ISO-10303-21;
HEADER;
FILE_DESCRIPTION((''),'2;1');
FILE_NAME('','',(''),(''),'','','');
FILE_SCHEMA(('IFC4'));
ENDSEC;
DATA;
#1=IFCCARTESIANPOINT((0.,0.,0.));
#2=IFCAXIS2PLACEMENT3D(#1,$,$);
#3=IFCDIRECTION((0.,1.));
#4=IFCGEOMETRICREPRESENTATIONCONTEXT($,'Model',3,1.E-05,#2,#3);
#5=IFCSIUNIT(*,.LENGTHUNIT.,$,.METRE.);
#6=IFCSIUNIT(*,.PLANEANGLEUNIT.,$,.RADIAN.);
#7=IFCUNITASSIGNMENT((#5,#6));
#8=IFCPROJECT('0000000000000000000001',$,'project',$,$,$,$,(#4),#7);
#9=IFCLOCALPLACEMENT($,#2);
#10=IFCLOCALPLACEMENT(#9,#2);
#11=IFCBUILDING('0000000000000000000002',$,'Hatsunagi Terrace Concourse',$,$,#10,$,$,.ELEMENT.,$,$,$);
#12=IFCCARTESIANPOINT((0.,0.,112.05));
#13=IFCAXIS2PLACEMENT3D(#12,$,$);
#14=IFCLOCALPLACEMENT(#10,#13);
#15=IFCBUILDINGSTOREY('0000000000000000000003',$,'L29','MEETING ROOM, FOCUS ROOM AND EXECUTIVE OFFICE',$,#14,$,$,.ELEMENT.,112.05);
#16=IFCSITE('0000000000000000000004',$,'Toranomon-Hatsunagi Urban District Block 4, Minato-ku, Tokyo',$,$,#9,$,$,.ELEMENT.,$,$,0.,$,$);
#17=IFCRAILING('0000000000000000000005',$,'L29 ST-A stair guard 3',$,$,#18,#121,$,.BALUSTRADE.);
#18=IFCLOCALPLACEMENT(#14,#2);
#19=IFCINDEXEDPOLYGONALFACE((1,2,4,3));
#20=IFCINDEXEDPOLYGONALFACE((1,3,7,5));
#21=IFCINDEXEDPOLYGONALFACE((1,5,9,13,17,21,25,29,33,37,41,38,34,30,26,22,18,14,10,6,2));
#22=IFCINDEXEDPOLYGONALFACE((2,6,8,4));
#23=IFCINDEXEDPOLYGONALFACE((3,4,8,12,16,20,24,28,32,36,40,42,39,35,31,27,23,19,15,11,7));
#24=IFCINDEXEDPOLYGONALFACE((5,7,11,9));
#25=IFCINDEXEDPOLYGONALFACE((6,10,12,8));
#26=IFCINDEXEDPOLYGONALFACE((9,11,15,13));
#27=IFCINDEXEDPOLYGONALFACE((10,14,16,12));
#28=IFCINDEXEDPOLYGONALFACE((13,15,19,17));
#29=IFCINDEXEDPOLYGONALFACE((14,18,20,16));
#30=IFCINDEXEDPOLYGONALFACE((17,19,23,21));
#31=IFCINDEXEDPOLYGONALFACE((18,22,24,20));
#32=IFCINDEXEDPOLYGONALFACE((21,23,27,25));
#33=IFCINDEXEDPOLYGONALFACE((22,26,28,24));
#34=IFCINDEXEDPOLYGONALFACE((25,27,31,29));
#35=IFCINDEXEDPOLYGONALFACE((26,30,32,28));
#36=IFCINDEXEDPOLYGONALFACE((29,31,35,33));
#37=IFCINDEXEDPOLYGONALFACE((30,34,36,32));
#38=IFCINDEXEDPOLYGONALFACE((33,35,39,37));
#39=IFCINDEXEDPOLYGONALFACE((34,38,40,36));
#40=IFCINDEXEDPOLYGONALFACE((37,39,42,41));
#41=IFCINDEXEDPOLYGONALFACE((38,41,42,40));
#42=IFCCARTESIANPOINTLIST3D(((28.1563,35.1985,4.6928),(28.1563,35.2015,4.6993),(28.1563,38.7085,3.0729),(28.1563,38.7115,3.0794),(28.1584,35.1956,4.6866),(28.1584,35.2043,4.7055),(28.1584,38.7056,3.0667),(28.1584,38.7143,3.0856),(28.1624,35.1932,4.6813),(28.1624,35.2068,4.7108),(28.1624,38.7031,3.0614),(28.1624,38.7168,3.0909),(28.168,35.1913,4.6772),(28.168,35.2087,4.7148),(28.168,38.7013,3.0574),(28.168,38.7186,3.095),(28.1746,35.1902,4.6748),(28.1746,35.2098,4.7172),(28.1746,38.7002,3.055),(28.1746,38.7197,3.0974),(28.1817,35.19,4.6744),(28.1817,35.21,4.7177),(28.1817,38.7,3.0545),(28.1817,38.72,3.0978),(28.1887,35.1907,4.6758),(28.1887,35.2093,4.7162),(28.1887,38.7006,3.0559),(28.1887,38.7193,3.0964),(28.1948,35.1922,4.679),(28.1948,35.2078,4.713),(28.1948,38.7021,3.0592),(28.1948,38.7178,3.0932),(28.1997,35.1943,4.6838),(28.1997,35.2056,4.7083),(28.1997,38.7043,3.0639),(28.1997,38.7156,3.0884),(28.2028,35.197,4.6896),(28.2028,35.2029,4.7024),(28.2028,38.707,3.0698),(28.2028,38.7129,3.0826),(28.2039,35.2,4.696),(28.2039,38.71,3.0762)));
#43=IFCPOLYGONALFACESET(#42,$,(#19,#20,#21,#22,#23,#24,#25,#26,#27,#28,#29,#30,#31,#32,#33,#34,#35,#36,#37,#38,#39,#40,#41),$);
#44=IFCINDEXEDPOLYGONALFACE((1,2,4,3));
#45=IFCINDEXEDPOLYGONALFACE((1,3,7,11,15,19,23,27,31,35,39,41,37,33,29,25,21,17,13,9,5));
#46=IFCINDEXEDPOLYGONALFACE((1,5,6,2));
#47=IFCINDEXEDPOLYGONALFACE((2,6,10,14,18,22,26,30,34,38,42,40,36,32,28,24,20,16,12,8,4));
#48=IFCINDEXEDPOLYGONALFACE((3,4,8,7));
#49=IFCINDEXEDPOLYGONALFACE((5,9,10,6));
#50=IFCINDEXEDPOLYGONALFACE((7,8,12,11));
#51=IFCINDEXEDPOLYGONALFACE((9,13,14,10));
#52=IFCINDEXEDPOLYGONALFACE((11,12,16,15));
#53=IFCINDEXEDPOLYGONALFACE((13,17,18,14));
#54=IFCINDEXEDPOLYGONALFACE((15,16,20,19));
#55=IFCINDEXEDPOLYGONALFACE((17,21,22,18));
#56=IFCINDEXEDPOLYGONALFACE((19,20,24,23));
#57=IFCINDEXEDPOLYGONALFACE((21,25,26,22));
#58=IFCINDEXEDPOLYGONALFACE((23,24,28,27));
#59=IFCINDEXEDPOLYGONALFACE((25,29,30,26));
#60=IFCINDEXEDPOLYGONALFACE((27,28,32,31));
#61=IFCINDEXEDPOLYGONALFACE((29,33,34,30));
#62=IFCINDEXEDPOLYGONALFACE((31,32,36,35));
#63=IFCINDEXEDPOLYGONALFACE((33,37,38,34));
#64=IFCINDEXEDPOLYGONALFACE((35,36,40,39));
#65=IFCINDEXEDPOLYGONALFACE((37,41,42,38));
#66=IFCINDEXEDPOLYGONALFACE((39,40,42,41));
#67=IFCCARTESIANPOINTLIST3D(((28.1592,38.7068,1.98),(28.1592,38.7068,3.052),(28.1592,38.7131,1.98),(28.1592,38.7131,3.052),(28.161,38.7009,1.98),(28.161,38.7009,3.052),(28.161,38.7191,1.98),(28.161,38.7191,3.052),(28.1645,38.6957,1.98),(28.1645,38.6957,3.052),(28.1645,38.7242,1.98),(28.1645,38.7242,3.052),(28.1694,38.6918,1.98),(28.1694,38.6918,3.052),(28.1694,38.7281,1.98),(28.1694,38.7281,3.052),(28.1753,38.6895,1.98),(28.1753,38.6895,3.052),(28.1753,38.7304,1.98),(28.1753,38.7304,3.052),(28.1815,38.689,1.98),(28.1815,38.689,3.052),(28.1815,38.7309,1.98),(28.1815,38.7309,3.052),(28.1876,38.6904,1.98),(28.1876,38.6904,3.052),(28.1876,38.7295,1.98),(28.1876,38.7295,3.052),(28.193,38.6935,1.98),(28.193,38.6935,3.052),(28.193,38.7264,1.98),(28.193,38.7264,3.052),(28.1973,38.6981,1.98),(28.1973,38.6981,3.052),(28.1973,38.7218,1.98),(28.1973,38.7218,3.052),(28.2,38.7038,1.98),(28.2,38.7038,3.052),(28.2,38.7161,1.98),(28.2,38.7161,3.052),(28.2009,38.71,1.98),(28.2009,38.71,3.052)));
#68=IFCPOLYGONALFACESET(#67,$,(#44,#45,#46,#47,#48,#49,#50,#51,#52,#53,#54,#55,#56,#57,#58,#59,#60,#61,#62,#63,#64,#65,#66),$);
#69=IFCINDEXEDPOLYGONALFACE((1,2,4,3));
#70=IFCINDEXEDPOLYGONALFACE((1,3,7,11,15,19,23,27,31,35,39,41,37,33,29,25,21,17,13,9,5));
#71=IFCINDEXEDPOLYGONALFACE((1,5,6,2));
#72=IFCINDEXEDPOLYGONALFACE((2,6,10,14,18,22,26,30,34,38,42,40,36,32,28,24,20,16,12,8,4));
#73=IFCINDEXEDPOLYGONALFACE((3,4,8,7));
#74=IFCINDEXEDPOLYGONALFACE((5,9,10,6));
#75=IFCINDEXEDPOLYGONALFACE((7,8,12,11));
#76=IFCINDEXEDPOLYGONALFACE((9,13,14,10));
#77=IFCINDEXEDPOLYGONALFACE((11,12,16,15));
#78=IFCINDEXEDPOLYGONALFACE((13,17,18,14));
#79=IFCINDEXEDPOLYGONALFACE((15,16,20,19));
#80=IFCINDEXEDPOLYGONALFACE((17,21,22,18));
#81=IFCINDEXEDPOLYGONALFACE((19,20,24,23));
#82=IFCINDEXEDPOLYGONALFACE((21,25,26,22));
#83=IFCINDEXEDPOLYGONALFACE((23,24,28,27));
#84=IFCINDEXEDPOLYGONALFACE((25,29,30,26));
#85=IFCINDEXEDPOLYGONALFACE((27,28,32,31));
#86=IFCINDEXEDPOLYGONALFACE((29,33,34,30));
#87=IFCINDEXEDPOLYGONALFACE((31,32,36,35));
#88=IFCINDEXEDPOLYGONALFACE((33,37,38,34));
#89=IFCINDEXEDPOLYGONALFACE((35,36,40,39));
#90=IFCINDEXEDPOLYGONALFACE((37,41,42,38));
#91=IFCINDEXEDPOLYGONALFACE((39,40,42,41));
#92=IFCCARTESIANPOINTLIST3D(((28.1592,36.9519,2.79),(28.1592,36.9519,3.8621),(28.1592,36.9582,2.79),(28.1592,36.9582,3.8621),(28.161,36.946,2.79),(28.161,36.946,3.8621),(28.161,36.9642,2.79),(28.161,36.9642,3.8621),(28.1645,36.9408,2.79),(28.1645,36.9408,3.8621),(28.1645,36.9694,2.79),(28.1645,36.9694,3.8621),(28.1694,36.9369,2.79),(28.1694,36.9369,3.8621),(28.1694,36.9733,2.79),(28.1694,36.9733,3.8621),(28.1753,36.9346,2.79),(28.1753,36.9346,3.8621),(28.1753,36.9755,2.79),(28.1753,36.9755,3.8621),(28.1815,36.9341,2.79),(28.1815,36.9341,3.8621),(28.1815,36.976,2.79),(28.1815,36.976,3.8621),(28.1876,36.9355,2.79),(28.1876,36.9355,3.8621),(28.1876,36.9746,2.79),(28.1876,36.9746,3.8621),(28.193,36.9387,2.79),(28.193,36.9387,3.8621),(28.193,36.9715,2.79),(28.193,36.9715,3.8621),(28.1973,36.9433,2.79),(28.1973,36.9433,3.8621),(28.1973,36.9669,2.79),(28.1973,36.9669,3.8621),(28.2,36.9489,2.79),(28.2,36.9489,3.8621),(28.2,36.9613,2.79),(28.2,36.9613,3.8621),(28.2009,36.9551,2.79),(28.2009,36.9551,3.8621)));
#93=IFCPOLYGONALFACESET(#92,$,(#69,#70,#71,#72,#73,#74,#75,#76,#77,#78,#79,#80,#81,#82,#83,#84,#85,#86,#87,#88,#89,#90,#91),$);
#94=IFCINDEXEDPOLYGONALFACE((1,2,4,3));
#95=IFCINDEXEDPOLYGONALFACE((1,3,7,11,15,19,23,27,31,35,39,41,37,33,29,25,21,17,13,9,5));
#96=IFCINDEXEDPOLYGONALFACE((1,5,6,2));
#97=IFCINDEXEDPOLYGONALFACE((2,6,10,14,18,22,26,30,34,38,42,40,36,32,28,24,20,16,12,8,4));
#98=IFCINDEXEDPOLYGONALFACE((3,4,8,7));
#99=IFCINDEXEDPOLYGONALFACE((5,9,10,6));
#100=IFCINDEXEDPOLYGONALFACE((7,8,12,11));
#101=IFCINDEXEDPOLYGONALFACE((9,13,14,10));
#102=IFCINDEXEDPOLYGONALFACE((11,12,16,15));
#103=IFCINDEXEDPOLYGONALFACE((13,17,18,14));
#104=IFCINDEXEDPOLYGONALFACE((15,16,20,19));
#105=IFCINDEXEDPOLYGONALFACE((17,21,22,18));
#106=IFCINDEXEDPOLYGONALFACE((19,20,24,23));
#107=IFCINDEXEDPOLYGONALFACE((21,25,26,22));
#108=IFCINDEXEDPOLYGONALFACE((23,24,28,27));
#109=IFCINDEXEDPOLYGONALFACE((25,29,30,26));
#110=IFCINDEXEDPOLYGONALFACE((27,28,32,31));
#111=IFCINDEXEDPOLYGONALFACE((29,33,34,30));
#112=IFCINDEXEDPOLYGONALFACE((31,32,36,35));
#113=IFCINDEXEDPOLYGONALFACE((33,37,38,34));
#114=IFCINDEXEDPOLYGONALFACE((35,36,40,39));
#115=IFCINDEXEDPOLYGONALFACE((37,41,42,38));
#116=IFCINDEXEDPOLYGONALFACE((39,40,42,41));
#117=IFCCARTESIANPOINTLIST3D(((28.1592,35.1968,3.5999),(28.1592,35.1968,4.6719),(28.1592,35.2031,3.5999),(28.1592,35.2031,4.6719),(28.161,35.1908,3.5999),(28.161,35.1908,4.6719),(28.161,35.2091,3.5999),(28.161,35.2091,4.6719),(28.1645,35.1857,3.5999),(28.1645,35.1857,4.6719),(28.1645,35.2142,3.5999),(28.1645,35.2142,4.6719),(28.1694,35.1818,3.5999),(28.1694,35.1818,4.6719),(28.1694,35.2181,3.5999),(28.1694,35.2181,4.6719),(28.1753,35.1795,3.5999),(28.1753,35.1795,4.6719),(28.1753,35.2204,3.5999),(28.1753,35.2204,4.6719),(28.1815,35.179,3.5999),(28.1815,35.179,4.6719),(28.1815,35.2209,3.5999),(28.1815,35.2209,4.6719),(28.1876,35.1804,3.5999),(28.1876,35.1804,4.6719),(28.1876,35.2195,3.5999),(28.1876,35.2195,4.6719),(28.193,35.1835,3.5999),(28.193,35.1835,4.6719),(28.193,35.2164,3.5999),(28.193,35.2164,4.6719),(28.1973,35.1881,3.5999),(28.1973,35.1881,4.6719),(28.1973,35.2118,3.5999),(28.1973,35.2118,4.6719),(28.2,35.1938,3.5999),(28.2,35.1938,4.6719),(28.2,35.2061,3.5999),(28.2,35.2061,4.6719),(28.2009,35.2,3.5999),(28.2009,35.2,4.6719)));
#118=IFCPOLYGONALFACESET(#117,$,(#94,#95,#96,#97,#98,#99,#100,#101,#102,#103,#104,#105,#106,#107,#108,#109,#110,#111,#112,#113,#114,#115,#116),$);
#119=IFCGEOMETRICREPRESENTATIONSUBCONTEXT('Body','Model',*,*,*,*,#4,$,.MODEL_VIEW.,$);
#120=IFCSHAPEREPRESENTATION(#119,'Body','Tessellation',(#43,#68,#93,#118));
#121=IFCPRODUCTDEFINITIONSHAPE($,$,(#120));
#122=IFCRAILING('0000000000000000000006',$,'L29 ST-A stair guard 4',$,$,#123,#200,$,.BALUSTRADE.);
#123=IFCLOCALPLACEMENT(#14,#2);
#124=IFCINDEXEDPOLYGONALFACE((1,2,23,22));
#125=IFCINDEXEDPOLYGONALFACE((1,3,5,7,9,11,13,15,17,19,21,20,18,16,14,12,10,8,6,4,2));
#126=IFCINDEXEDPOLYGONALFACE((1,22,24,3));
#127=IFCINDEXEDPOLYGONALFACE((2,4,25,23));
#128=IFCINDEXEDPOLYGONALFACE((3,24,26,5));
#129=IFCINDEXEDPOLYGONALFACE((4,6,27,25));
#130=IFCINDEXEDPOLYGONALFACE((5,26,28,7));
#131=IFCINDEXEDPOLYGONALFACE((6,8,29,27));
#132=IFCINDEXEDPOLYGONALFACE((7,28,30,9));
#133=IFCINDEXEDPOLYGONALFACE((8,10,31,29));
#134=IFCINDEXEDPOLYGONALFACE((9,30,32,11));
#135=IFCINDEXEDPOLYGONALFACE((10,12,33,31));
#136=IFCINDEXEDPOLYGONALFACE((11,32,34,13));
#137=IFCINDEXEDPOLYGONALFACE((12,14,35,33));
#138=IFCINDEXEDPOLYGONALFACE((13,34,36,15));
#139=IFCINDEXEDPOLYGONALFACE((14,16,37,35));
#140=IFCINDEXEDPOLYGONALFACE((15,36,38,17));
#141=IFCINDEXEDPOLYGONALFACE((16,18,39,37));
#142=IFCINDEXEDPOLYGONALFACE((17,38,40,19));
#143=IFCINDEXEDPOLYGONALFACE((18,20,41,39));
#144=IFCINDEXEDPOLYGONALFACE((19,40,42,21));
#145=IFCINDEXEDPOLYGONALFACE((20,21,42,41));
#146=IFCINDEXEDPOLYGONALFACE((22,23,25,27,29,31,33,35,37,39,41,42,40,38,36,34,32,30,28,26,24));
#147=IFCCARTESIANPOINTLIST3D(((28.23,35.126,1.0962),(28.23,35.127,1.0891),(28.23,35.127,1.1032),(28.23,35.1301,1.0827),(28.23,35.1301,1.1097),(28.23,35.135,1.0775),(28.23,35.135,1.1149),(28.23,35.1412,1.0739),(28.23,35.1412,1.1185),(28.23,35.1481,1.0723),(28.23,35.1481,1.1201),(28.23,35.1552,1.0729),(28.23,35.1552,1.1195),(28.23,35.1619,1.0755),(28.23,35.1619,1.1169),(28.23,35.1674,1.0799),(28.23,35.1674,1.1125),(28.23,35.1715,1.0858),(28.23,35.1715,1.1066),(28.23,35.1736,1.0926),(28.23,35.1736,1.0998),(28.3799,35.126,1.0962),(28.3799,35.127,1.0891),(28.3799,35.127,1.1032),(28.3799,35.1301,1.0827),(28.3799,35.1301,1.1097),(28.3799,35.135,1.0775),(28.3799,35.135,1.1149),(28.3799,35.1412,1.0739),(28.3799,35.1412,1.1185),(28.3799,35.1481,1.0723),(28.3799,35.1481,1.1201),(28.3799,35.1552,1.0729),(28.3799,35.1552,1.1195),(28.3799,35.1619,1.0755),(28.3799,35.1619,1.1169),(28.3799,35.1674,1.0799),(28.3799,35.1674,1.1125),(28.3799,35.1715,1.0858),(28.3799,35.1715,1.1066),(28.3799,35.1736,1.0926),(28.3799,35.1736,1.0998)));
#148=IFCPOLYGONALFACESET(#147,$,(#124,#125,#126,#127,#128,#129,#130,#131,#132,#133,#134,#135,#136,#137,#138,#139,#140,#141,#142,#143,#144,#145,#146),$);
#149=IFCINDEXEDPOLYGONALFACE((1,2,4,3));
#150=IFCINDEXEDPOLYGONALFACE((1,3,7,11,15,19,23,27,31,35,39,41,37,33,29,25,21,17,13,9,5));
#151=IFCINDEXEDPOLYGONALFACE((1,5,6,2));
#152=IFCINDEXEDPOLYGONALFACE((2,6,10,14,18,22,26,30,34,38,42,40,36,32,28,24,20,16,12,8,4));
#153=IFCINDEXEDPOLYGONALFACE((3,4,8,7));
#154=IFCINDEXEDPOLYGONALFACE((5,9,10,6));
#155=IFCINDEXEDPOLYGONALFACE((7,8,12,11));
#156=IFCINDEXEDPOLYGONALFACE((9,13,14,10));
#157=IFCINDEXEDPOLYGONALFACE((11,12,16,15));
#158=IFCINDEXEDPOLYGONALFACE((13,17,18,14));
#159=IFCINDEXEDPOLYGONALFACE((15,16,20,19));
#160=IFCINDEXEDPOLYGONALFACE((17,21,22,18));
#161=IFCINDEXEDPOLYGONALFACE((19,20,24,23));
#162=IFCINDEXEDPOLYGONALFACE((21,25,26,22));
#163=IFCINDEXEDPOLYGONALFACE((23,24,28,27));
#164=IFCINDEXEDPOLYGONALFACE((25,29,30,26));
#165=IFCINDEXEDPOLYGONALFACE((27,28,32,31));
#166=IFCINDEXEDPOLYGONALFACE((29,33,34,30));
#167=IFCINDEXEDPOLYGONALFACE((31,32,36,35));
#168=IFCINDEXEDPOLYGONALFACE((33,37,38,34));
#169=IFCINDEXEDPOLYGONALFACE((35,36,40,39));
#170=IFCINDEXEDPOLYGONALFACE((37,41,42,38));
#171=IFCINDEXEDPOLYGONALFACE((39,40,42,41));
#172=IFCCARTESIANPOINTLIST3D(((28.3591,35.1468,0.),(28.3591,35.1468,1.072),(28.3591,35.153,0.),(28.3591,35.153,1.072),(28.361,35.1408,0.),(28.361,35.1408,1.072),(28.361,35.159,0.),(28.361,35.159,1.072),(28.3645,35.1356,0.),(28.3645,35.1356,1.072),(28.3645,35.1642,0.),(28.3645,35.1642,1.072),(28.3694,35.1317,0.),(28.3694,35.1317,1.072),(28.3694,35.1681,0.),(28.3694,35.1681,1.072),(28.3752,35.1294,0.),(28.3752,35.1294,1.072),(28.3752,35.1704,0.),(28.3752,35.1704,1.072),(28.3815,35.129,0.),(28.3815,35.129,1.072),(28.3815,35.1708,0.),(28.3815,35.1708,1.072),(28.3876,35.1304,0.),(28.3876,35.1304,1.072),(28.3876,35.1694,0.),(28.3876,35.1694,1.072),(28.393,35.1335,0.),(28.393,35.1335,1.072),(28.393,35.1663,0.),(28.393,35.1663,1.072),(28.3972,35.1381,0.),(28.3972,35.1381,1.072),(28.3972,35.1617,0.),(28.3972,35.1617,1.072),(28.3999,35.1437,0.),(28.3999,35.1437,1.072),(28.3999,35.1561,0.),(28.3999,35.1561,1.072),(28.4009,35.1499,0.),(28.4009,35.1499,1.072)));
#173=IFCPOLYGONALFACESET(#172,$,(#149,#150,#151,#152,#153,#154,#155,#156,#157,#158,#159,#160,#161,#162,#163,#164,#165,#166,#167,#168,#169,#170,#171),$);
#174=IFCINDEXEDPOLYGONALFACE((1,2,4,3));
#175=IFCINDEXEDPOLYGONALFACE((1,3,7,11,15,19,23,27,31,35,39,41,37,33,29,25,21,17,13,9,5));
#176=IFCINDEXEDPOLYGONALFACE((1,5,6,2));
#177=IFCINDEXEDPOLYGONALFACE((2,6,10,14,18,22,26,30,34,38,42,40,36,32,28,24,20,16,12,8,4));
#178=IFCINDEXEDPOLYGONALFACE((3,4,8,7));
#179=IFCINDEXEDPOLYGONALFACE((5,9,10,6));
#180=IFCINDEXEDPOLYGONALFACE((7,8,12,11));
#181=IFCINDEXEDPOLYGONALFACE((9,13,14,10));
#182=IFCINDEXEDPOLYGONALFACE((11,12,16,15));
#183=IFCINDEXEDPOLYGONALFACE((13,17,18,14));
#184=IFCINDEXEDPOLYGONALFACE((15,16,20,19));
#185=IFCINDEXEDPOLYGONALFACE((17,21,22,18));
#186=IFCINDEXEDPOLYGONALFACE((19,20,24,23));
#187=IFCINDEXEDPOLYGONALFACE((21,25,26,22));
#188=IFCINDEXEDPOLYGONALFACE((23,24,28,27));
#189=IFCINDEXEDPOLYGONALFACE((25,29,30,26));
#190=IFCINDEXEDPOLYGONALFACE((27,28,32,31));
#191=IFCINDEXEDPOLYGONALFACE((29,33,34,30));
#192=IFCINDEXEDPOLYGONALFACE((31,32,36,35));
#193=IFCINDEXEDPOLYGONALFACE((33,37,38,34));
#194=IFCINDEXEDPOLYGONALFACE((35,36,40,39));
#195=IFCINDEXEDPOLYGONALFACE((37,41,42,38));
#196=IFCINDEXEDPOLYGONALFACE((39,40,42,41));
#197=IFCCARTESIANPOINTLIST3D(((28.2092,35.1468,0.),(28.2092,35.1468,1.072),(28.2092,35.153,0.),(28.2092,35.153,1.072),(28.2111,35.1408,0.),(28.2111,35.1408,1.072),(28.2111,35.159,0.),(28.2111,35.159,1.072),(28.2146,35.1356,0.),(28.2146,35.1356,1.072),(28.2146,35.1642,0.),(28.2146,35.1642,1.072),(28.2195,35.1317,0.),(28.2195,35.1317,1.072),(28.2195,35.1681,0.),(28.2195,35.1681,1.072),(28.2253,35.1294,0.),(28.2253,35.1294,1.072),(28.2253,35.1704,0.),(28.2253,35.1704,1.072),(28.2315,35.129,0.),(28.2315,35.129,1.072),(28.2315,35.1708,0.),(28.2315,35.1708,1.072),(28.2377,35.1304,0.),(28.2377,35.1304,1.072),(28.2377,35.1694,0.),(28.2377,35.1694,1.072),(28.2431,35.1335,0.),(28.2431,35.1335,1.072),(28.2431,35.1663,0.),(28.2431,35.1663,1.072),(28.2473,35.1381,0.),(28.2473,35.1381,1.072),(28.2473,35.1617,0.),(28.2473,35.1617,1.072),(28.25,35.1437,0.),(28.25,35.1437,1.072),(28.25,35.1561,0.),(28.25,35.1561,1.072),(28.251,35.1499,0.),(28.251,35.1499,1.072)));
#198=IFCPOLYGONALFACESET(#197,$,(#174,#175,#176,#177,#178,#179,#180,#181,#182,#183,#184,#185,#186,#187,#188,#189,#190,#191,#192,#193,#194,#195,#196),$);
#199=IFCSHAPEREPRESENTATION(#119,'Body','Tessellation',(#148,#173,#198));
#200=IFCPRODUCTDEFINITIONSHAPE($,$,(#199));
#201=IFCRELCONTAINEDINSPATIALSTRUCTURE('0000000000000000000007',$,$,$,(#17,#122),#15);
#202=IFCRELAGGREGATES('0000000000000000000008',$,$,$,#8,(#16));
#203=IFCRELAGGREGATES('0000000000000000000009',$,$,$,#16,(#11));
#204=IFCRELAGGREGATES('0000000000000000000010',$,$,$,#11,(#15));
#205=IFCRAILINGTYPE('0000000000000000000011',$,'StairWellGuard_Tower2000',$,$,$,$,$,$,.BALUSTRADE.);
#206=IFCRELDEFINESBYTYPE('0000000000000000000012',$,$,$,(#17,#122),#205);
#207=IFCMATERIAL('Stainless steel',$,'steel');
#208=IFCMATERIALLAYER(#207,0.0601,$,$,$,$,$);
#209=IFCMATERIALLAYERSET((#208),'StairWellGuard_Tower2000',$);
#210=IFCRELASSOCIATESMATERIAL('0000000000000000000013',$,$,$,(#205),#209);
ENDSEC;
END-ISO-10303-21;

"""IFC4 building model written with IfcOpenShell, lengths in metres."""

from ifc_helpers import new_model, si_unit, direction, frame, origin, origin_2d, place, context, subcontext, project, spatial, circle, extrude, material, layer, layer_set, type_object, element, save


model = new_model("IFC4")

# Units and contexts
model_context = context("Model", 3, precision=1e-05, world=origin(), true_north=direction((0.0, 1.0)))
body_context = subcontext(model_context, "Body", "Model", "MODEL_VIEW")
ifc_project = project(units=[si_unit("LENGTHUNIT", "METRE"), si_unit("PLANEANGLEUNIT", "RADIAN")], contexts=[model_context])

# Site, building, storey
site_placement = place(None, origin())
site = spatial("IfcSite", under=ifc_project, at=site_placement, Name="Toranomon-Hatsunagi Urban District Block 4, Minato-ku, Tokyo", CompositionType="ELEMENT", RefElevation=0.0)
building_placement = place(site_placement, origin())
building = spatial("IfcBuilding", under=site, at=building_placement, Name="Hatsunagi Terrace Concourse", CompositionType="ELEMENT")
storey_placement = place(building_placement, frame((0.0, 0.0, 112.05)))
storey = spatial("IfcBuildingStorey", under=building, at=storey_placement, Name="L29", Description="MEETING ROOM, FOCUS ROOM AND EXECUTIVE OFFICE", CompositionType="ELEMENT", Elevation=112.05)

# Railings
ifc_material_1 = material(Name="Stainless steel", Category="steel")
ifc_layer_1 = layer(ifc_material_1, 0.0601)
ifc_layer_set_1 = layer_set([ifc_layer_1], Name="StairWellGuard_Tower2000")
railing_type_1 = type_object("IfcRailingType", Name="StairWellGuard_Tower2000", PredefinedType="BALUSTRADE", material=ifc_layer_set_1)
railing_1_placement = place(storey_placement, frame((28.1799, 38.71, 1.98)))
element("IfcRailing", 1, at=railing_1_placement, inside=storey, type_object=railing_type_1, Name="L29 ST-A stair guard 3", PredefinedType="BALUSTRADE", context=body_context, shape_type="SweptSolid", body=[
    extrude(circle(Radius=0.0239, at=origin_2d()), frame((0.0, 0.0, 1.0962), z_axis=(0.0, -0.907972, 0.41903), x_axis=(1.0, 0.0, 0.0)), (0.0, 0.0, 1.0), 3.8657),
    extrude(circle(Radius=0.021, at=origin_2d()), origin(), (0.0, 0.0, 1.0), 1.072),
    extrude(circle(Radius=0.021, at=origin_2d()), frame((0.0, -1.7549, 0.8101)), (0.0, 0.0, 1.0), 1.072),
    extrude(circle(Radius=0.021, at=origin_2d()), frame((0.0, -3.51, 1.6199)), (0.0, 0.0, 1.0), 1.072),
])
railing_2_placement = place(storey_placement, frame((28.3799, 35.1499, 0.0)))
element("IfcRailing", 2, at=railing_2_placement, inside=storey, type_object=railing_type_1, Name="L29 ST-A stair guard 4", PredefinedType="BALUSTRADE", context=body_context, shape_type="SweptSolid", body=[
    extrude(circle(Radius=0.0239, at=origin_2d()), frame((0.0, 0.0, 1.0962), z_axis=(-1.0, 0.0, 0.0), x_axis=(0.0, -1.0, 0.0)), (0.0, 0.0, 1.0), 0.1499),
    extrude(circle(Radius=0.021, at=origin_2d()), origin(), (0.0, 0.0, 1.0), 1.072),
    extrude(circle(Radius=0.021, at=origin_2d()), frame((-0.1499, 0.0, 0.0)), (0.0, 0.0, 1.0), 1.072),
])

save(model, "model.ifc")
